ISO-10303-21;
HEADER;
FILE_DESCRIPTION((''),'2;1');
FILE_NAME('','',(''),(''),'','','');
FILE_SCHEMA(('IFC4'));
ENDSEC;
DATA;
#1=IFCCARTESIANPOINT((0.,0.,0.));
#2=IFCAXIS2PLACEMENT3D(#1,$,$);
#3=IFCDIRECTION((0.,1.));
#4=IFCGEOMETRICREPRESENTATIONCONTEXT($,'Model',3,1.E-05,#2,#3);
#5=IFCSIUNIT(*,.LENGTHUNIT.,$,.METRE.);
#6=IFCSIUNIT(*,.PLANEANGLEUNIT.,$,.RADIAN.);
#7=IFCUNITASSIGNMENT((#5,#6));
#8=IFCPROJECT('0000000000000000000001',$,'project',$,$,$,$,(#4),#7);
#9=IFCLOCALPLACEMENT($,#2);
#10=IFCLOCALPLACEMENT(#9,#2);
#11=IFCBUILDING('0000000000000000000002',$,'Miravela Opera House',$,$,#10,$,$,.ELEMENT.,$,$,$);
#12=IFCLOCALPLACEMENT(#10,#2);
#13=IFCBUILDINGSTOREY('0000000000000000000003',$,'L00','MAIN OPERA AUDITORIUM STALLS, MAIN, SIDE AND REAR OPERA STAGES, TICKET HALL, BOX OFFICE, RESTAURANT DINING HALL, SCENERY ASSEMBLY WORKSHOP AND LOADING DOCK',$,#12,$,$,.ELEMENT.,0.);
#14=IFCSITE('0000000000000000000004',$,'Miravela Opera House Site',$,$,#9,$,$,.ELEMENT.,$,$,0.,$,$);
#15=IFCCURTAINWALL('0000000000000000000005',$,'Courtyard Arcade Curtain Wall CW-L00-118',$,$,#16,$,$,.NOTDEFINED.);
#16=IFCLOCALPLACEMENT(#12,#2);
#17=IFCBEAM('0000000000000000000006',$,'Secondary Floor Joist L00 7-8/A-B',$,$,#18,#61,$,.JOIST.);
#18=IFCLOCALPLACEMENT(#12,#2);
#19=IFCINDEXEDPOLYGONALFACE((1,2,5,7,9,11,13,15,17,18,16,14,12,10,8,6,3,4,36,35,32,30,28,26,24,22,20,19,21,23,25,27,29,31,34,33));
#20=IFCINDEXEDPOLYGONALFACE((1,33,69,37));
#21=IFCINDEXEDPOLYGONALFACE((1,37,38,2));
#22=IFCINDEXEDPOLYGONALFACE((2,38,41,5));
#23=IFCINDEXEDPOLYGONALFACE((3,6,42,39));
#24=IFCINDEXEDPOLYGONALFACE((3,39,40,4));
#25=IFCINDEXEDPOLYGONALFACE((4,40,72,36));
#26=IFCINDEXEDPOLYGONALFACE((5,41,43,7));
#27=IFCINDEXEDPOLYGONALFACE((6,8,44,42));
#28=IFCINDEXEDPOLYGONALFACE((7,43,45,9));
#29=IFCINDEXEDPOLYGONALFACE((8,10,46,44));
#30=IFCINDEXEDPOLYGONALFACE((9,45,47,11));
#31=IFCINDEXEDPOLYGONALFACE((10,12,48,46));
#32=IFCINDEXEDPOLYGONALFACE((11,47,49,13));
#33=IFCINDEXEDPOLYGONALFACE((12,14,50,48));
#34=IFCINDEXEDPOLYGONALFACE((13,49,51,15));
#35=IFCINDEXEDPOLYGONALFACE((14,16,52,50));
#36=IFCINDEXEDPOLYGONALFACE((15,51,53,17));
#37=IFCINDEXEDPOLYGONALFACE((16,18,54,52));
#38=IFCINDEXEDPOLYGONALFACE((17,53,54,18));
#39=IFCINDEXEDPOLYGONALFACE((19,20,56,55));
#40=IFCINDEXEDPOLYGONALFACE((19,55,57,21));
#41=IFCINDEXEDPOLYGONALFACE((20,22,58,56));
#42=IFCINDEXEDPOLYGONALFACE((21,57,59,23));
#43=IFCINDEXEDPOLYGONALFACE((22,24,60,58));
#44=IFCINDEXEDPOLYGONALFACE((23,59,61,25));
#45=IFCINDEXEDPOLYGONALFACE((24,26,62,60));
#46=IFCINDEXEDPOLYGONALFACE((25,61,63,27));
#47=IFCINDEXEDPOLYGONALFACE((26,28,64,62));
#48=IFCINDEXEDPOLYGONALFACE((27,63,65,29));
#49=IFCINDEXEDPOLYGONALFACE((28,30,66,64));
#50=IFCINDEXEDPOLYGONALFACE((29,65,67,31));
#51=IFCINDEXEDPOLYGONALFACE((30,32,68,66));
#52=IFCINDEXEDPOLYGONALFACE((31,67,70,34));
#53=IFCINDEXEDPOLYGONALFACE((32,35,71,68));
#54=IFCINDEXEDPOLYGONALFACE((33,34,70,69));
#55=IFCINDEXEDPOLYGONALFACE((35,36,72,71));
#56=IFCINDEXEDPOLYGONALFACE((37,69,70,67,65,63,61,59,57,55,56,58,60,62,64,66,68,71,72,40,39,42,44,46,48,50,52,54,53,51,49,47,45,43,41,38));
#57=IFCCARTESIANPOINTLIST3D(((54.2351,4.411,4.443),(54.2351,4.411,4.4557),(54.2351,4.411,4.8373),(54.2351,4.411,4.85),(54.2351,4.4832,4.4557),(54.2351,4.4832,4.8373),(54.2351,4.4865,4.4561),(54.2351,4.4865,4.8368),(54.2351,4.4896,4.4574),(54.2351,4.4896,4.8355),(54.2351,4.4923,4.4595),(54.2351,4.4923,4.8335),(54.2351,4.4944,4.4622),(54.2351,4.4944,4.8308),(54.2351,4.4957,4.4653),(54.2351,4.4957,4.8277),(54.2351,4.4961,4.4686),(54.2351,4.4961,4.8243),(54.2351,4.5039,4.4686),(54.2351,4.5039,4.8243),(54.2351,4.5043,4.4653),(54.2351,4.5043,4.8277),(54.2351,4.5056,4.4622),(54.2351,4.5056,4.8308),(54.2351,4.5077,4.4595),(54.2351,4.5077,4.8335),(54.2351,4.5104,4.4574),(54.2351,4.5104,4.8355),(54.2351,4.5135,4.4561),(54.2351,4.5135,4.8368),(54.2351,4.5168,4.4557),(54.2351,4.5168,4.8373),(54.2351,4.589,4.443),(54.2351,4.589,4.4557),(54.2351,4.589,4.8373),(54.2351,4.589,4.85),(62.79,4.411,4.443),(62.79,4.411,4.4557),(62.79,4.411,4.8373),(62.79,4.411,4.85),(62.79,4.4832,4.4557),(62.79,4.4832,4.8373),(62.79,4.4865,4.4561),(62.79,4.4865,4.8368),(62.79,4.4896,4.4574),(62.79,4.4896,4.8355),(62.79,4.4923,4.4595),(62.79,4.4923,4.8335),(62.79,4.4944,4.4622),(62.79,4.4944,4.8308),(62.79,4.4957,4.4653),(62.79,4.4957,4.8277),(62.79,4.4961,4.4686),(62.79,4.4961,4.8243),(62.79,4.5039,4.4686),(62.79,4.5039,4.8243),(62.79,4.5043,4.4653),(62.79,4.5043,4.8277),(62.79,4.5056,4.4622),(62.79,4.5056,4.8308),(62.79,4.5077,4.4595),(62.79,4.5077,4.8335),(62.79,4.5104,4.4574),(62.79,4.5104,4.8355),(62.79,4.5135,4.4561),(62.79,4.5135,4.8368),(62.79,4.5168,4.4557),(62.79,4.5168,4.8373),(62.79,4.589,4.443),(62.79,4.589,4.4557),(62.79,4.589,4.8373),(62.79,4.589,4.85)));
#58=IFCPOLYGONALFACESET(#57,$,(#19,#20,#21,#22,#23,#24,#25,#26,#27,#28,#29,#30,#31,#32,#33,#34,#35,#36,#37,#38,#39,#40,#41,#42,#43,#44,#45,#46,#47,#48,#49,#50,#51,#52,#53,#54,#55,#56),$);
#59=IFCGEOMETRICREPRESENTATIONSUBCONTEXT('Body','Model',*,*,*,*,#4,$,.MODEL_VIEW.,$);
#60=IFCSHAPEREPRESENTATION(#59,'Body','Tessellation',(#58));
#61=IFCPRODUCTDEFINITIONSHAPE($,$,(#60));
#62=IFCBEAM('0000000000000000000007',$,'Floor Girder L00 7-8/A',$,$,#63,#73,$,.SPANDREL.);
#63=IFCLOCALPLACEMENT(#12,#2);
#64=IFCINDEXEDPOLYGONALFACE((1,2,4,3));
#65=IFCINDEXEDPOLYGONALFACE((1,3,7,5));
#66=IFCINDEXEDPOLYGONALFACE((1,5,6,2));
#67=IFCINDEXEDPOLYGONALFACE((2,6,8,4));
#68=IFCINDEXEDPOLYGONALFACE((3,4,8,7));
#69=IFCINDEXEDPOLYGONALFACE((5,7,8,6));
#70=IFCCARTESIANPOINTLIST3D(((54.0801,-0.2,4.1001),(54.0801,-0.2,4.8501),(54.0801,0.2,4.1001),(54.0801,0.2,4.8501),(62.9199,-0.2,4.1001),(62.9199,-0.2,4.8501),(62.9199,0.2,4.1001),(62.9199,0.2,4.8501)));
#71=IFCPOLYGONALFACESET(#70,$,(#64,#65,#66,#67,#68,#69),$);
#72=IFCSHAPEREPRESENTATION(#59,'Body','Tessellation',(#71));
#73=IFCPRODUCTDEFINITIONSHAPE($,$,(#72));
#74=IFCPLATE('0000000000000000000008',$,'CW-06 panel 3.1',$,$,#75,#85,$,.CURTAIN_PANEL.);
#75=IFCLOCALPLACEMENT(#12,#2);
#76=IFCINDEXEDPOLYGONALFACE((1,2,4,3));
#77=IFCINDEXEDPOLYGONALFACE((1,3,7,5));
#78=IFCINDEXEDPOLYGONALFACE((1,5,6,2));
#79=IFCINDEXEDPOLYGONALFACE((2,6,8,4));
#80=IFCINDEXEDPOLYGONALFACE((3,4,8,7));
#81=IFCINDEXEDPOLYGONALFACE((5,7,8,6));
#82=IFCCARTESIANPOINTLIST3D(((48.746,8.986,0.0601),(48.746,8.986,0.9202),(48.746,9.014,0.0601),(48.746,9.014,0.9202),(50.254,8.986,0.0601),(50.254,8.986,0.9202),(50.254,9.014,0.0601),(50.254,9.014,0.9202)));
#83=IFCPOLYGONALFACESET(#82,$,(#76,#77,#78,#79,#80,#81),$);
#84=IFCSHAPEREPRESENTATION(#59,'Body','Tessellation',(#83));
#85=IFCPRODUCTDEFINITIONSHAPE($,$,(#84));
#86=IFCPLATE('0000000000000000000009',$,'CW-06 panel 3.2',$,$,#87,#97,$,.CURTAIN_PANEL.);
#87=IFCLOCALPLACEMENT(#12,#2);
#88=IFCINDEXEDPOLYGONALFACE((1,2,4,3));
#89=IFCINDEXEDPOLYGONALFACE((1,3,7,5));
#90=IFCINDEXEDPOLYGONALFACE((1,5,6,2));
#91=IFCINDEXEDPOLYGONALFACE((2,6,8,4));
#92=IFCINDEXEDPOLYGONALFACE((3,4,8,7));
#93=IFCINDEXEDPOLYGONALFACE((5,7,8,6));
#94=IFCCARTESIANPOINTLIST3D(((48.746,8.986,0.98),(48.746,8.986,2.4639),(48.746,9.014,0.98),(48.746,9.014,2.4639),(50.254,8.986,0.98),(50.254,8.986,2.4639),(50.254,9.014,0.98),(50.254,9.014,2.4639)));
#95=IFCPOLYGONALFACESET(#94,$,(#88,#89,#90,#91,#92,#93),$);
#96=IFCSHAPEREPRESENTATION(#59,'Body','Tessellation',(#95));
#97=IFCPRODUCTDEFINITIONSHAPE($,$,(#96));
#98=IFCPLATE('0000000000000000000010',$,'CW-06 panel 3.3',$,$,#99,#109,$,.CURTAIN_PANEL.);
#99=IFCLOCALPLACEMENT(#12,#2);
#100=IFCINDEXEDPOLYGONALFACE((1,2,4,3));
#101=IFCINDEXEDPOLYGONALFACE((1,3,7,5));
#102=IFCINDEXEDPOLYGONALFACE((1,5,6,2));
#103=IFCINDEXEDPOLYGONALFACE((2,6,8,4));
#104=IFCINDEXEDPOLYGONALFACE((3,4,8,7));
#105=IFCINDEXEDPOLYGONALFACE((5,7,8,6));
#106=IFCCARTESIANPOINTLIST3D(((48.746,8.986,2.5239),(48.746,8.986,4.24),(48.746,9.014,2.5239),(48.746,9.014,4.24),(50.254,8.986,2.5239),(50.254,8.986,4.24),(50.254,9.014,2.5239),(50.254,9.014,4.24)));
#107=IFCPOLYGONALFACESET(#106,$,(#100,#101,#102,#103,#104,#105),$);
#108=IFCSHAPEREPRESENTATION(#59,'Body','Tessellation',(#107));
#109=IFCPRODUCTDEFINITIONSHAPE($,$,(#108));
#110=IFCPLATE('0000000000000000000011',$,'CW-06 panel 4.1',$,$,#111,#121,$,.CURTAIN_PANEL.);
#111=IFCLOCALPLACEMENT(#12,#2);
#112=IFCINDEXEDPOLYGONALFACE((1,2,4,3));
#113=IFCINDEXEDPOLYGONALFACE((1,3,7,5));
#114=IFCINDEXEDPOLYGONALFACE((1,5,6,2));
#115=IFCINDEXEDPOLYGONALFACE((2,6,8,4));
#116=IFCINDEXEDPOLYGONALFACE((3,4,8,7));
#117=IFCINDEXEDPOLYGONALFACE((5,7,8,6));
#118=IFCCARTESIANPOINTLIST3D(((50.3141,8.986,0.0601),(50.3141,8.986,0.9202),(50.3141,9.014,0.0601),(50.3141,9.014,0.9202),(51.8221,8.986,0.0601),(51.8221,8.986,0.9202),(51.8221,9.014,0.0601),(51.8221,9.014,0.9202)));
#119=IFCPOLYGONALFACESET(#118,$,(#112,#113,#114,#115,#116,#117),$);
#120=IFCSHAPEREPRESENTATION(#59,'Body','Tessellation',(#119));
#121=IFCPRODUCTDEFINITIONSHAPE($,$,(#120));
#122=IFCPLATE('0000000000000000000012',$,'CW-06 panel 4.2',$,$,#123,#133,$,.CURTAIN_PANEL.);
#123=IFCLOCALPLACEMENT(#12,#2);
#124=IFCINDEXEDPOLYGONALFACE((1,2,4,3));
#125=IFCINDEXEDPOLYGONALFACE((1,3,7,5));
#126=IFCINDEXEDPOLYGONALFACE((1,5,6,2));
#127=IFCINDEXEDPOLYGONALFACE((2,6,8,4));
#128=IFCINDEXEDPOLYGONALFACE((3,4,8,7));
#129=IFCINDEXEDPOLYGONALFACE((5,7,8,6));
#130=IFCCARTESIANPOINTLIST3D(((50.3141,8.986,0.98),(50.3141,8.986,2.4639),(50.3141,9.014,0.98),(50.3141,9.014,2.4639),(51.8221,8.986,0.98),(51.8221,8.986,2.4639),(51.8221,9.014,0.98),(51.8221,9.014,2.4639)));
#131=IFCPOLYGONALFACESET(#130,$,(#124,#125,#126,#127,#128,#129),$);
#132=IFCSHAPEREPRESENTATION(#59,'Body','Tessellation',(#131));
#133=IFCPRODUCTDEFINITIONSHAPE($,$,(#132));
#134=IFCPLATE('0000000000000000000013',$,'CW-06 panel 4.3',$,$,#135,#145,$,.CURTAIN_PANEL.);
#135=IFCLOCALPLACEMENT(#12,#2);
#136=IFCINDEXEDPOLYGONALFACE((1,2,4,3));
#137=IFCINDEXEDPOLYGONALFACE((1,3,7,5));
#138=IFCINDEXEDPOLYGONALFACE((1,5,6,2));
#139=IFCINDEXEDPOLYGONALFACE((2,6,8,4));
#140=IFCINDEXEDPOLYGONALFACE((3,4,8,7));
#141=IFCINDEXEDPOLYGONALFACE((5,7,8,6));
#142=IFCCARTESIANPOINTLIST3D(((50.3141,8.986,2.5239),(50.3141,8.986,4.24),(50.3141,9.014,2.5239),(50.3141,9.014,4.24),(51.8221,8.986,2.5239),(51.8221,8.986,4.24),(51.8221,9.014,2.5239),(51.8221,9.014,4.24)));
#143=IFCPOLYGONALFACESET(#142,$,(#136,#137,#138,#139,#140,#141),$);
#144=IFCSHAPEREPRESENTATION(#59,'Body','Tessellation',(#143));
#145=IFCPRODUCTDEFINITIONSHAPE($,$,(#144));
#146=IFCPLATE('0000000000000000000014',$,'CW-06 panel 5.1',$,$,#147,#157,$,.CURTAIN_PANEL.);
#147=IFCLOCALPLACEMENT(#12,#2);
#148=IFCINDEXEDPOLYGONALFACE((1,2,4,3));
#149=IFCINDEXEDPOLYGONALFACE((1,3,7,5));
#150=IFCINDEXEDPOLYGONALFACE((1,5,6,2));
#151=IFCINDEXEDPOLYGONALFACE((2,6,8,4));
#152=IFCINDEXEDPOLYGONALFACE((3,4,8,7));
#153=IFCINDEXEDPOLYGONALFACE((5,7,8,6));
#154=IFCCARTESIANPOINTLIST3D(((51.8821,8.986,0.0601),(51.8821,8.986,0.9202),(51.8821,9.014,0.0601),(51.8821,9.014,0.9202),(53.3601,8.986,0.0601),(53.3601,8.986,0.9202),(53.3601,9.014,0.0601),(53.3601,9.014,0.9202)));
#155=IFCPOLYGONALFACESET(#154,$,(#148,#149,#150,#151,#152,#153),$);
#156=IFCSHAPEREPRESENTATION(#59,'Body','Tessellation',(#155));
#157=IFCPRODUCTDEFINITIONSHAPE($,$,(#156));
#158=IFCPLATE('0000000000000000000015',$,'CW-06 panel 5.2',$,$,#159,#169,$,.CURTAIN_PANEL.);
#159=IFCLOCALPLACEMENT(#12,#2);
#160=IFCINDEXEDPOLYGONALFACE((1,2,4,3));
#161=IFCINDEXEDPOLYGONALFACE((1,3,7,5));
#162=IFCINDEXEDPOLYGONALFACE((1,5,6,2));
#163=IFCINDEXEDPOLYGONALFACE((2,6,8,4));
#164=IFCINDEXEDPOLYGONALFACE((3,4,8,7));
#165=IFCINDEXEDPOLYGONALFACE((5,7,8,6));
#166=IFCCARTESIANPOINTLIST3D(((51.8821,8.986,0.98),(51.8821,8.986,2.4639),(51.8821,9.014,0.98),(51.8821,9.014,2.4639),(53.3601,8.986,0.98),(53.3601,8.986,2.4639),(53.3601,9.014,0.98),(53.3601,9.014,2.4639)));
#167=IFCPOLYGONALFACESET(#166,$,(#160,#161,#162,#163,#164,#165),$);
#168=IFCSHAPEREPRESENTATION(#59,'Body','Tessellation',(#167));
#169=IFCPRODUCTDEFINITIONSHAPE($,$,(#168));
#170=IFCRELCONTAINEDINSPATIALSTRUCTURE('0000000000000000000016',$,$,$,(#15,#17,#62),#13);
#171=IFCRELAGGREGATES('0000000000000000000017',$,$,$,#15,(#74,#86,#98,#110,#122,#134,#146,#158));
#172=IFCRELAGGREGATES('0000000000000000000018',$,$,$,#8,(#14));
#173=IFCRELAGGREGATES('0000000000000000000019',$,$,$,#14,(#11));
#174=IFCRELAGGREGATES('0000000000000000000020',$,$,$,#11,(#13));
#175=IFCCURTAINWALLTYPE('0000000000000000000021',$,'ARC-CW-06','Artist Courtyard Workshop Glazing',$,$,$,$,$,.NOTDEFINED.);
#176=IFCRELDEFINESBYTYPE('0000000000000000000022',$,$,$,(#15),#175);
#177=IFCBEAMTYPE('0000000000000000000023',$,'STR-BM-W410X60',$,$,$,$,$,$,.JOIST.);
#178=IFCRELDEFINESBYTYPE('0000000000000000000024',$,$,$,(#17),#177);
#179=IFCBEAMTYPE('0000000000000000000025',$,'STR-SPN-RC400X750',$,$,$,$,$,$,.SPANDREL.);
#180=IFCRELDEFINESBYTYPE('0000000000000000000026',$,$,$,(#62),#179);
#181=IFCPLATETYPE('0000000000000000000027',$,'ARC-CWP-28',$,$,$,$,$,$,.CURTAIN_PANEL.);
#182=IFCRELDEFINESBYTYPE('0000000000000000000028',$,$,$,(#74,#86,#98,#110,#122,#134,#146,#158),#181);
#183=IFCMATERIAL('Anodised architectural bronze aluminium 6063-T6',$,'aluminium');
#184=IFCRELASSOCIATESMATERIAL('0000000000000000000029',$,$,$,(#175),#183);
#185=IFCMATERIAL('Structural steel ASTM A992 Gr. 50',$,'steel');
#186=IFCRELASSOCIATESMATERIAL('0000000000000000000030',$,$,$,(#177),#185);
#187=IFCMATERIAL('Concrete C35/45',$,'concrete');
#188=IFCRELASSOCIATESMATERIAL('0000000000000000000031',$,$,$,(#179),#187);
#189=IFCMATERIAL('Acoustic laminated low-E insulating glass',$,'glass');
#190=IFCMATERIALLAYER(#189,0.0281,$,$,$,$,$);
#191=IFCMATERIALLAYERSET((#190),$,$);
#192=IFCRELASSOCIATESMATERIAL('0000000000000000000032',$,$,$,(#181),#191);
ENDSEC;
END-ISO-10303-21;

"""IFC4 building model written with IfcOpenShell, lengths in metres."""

from ifc_helpers import new_model, si_unit, direction, frame, origin, origin_2d, place, context, subcontext, project, spatial, rectangle, i_section, extrude, material, layer, layer_set, material_profile, profile_set, type_object, element, aggregate, save


model = new_model("IFC4")

# Units and contexts
model_context = context("Model", 3, precision=1e-05, world=origin(), true_north=direction((0.0, 1.0)))
body_context = subcontext(model_context, "Body", "Model", "MODEL_VIEW")
ifc_project = project(units=[si_unit("LENGTHUNIT", "METRE"), si_unit("PLANEANGLEUNIT", "RADIAN")], contexts=[model_context])

# Site, building, storey
site_placement = place(None, origin())
site = spatial("IfcSite", under=ifc_project, at=site_placement, Name="Miravela Opera House Site", CompositionType="ELEMENT", RefElevation=0.0)
building_placement = place(site_placement, origin())
building = spatial("IfcBuilding", under=site, at=building_placement, Name="Miravela Opera House", CompositionType="ELEMENT")
storey_placement = place(building_placement, origin())
storey = spatial("IfcBuildingStorey", under=building, at=storey_placement, Name="L00", Description="MAIN OPERA AUDITORIUM STALLS, MAIN, SIDE AND REAR OPERA STAGES, TICKET HALL, BOX OFFICE, RESTAURANT DINING HALL, SCENERY ASSEMBLY WORKSHOP AND LOADING DOCK", CompositionType="ELEMENT", Elevation=0.0)

# Shared definitions
ifc_material_1 = material(Name="Concrete C35/45", Category="concrete")

# Curtain wall
ifc_material_2 = material(Name="Anodised architectural bronze aluminium 6063-T6", Category="aluminium")
curtain_wall_type = type_object("IfcCurtainWallType", Name="ARC-CW-06", Description="Artist Courtyard Workshop Glazing", PredefinedType="NOTDEFINED", material=ifc_material_2)
curtain_wall_placement = place(storey_placement, origin())
curtain_wall = element("IfcCurtainWall", 1, at=curtain_wall_placement, inside=storey, type_object=curtain_wall_type, Name="Courtyard Arcade Curtain Wall CW-L00-118", PredefinedType="NOTDEFINED")

# Beams
ifc_material_3 = material(Name="Structural steel ASTM A992 Gr. 50", Category="steel")
ifc_material_profile_1 = material_profile(ifc_material_3, i_section(OverallWidth=0.178, OverallDepth=0.407, WebThickness=0.0078, FlangeThickness=0.0127, FilletRadius=0.0129, at=origin_2d()), Name="W410X60")
ifc_profile_set_1 = profile_set([ifc_material_profile_1])
beam_type_1 = type_object("IfcBeamType", Name="STR-BM-W410X60", PredefinedType="JOIST", material=ifc_profile_set_1)
beam_1_placement = place(storey_placement, frame((54.2351, 4.5, 4.6465), z_axis=(1.0, 0.0, 0.0), x_axis=(0.0, 1.0, 0.0)))
element("IfcBeam", 2, at=beam_1_placement, inside=storey, type_object=beam_type_1, Name="Secondary Floor Joist L00 7-8/A-B", PredefinedType="JOIST", context=body_context, shape_type="SweptSolid", body=[
    extrude(i_section(OverallWidth=0.178, OverallDepth=0.407, WebThickness=0.0078, FlangeThickness=0.0127, FilletRadius=0.0129, at=origin_2d()), origin(), (0.0, 0.0, 1.0), 8.5549),
])
ifc_material_profile_2 = material_profile(ifc_material_1, rectangle(XDim=0.3999, YDim=0.75, at=origin_2d()), Name="RC-SPN-400X750")
ifc_profile_set_2 = profile_set([ifc_material_profile_2])
beam_type_2 = type_object("IfcBeamType", Name="STR-SPN-RC400X750", PredefinedType="SPANDREL", material=ifc_profile_set_2)
beam_2_placement = place(storey_placement, frame((54.0801, 0.0, 4.4751), z_axis=(1.0, 0.0, 0.0), x_axis=(0.0, 1.0, 0.0)))
element("IfcBeam", 3, at=beam_2_placement, inside=storey, type_object=beam_type_2, Name="Floor Girder L00 7-8/A", PredefinedType="SPANDREL", context=body_context, shape_type="SweptSolid", body=[
    extrude(rectangle(XDim=0.3999, YDim=0.75, at=origin_2d()), origin(), (0.0, 0.0, 1.0), 8.8398),
])

# Plates
ifc_material_4 = material(Name="Acoustic laminated low-E insulating glass", Category="glass")
ifc_layer_1 = layer(ifc_material_4, 0.0281)
ifc_layer_set_1 = layer_set([ifc_layer_1])
plate_type = type_object("IfcPlateType", Name="ARC-CWP-28", PredefinedType="CURTAIN_PANEL", material=ifc_layer_set_1)
plate_1_placement = place(storey_placement, frame((49.5, 9.0, 0.0601), z_axis=(0.0, 0.0, 1.0), x_axis=(1.0, 0.0, 0.0)))
plate_1 = element("IfcPlate", 4, at=plate_1_placement, type_object=plate_type, Name="CW-06 panel 3.1", PredefinedType="CURTAIN_PANEL", context=body_context, shape_type="SweptSolid", body=[
    extrude(rectangle(XDim=1.5081, YDim=0.0281, at=origin_2d()), origin(), (0.0, 0.0, 1.0), 0.8601),
])
plate_2_placement = place(storey_placement, frame((49.5, 9.0, 0.98), z_axis=(0.0, 0.0, 1.0), x_axis=(1.0, 0.0, 0.0)))
plate_2 = element("IfcPlate", 5, at=plate_2_placement, type_object=plate_type, Name="CW-06 panel 3.2", PredefinedType="CURTAIN_PANEL", context=body_context, shape_type="SweptSolid", body=[
    extrude(rectangle(XDim=1.5081, YDim=0.0281, at=origin_2d()), origin(), (0.0, 0.0, 1.0), 1.4839),
])
plate_3_placement = place(storey_placement, frame((49.5, 9.0, 2.5239), z_axis=(0.0, 0.0, 1.0), x_axis=(1.0, 0.0, 0.0)))
plate_3 = element("IfcPlate", 6, at=plate_3_placement, type_object=plate_type, Name="CW-06 panel 3.3", PredefinedType="CURTAIN_PANEL", context=body_context, shape_type="SweptSolid", body=[
    extrude(rectangle(XDim=1.5081, YDim=0.0281, at=origin_2d()), origin(), (0.0, 0.0, 1.0), 1.7161),
])
plate_4_placement = place(storey_placement, frame((51.0681, 9.0, 0.0601), z_axis=(0.0, 0.0, 1.0), x_axis=(1.0, 0.0, 0.0)))
plate_4 = element("IfcPlate", 7, at=plate_4_placement, type_object=plate_type, Name="CW-06 panel 4.1", PredefinedType="CURTAIN_PANEL", context=body_context, shape_type="SweptSolid", body=[
    extrude(rectangle(XDim=1.5081, YDim=0.0281, at=origin_2d()), origin(), (0.0, 0.0, 1.0), 0.8601),
])
plate_5_placement = place(storey_placement, frame((51.0681, 9.0, 0.98), z_axis=(0.0, 0.0, 1.0), x_axis=(1.0, 0.0, 0.0)))
plate_5 = element("IfcPlate", 8, at=plate_5_placement, type_object=plate_type, Name="CW-06 panel 4.2", PredefinedType="CURTAIN_PANEL", context=body_context, shape_type="SweptSolid", body=[
    extrude(rectangle(XDim=1.5081, YDim=0.0281, at=origin_2d()), origin(), (0.0, 0.0, 1.0), 1.4839),
])
plate_6_placement = place(storey_placement, frame((51.0681, 9.0, 2.5239), z_axis=(0.0, 0.0, 1.0), x_axis=(1.0, 0.0, 0.0)))
plate_6 = element("IfcPlate", 9, at=plate_6_placement, type_object=plate_type, Name="CW-06 panel 4.3", PredefinedType="CURTAIN_PANEL", context=body_context, shape_type="SweptSolid", body=[
    extrude(rectangle(XDim=1.5081, YDim=0.0281, at=origin_2d()), origin(), (0.0, 0.0, 1.0), 1.7161),
])
plate_7_placement = place(storey_placement, frame((52.6211, 9.0, 0.0601), z_axis=(0.0, 0.0, 1.0), x_axis=(1.0, 0.0, 0.0)))
plate_7 = element("IfcPlate", 10, at=plate_7_placement, type_object=plate_type, Name="CW-06 panel 5.1", PredefinedType="CURTAIN_PANEL", context=body_context, shape_type="SweptSolid", body=[
    extrude(rectangle(XDim=1.478, YDim=0.0281, at=origin_2d()), origin(), (0.0, 0.0, 1.0), 0.8601),
])
plate_8_placement = place(storey_placement, frame((52.6211, 9.0, 0.98), z_axis=(0.0, 0.0, 1.0), x_axis=(1.0, 0.0, 0.0)))
plate_8 = element("IfcPlate", 11, at=plate_8_placement, type_object=plate_type, Name="CW-06 panel 5.2", PredefinedType="CURTAIN_PANEL", context=body_context, shape_type="SweptSolid", body=[
    extrude(rectangle(XDim=1.478, YDim=0.0281, at=origin_2d()), origin(), (0.0, 0.0, 1.0), 1.4839),
])
aggregate(curtain_wall, [plate_1, plate_2, plate_3, plate_4, plate_5, plate_6, plate_7, plate_8])

save(model, "model.ifc")
